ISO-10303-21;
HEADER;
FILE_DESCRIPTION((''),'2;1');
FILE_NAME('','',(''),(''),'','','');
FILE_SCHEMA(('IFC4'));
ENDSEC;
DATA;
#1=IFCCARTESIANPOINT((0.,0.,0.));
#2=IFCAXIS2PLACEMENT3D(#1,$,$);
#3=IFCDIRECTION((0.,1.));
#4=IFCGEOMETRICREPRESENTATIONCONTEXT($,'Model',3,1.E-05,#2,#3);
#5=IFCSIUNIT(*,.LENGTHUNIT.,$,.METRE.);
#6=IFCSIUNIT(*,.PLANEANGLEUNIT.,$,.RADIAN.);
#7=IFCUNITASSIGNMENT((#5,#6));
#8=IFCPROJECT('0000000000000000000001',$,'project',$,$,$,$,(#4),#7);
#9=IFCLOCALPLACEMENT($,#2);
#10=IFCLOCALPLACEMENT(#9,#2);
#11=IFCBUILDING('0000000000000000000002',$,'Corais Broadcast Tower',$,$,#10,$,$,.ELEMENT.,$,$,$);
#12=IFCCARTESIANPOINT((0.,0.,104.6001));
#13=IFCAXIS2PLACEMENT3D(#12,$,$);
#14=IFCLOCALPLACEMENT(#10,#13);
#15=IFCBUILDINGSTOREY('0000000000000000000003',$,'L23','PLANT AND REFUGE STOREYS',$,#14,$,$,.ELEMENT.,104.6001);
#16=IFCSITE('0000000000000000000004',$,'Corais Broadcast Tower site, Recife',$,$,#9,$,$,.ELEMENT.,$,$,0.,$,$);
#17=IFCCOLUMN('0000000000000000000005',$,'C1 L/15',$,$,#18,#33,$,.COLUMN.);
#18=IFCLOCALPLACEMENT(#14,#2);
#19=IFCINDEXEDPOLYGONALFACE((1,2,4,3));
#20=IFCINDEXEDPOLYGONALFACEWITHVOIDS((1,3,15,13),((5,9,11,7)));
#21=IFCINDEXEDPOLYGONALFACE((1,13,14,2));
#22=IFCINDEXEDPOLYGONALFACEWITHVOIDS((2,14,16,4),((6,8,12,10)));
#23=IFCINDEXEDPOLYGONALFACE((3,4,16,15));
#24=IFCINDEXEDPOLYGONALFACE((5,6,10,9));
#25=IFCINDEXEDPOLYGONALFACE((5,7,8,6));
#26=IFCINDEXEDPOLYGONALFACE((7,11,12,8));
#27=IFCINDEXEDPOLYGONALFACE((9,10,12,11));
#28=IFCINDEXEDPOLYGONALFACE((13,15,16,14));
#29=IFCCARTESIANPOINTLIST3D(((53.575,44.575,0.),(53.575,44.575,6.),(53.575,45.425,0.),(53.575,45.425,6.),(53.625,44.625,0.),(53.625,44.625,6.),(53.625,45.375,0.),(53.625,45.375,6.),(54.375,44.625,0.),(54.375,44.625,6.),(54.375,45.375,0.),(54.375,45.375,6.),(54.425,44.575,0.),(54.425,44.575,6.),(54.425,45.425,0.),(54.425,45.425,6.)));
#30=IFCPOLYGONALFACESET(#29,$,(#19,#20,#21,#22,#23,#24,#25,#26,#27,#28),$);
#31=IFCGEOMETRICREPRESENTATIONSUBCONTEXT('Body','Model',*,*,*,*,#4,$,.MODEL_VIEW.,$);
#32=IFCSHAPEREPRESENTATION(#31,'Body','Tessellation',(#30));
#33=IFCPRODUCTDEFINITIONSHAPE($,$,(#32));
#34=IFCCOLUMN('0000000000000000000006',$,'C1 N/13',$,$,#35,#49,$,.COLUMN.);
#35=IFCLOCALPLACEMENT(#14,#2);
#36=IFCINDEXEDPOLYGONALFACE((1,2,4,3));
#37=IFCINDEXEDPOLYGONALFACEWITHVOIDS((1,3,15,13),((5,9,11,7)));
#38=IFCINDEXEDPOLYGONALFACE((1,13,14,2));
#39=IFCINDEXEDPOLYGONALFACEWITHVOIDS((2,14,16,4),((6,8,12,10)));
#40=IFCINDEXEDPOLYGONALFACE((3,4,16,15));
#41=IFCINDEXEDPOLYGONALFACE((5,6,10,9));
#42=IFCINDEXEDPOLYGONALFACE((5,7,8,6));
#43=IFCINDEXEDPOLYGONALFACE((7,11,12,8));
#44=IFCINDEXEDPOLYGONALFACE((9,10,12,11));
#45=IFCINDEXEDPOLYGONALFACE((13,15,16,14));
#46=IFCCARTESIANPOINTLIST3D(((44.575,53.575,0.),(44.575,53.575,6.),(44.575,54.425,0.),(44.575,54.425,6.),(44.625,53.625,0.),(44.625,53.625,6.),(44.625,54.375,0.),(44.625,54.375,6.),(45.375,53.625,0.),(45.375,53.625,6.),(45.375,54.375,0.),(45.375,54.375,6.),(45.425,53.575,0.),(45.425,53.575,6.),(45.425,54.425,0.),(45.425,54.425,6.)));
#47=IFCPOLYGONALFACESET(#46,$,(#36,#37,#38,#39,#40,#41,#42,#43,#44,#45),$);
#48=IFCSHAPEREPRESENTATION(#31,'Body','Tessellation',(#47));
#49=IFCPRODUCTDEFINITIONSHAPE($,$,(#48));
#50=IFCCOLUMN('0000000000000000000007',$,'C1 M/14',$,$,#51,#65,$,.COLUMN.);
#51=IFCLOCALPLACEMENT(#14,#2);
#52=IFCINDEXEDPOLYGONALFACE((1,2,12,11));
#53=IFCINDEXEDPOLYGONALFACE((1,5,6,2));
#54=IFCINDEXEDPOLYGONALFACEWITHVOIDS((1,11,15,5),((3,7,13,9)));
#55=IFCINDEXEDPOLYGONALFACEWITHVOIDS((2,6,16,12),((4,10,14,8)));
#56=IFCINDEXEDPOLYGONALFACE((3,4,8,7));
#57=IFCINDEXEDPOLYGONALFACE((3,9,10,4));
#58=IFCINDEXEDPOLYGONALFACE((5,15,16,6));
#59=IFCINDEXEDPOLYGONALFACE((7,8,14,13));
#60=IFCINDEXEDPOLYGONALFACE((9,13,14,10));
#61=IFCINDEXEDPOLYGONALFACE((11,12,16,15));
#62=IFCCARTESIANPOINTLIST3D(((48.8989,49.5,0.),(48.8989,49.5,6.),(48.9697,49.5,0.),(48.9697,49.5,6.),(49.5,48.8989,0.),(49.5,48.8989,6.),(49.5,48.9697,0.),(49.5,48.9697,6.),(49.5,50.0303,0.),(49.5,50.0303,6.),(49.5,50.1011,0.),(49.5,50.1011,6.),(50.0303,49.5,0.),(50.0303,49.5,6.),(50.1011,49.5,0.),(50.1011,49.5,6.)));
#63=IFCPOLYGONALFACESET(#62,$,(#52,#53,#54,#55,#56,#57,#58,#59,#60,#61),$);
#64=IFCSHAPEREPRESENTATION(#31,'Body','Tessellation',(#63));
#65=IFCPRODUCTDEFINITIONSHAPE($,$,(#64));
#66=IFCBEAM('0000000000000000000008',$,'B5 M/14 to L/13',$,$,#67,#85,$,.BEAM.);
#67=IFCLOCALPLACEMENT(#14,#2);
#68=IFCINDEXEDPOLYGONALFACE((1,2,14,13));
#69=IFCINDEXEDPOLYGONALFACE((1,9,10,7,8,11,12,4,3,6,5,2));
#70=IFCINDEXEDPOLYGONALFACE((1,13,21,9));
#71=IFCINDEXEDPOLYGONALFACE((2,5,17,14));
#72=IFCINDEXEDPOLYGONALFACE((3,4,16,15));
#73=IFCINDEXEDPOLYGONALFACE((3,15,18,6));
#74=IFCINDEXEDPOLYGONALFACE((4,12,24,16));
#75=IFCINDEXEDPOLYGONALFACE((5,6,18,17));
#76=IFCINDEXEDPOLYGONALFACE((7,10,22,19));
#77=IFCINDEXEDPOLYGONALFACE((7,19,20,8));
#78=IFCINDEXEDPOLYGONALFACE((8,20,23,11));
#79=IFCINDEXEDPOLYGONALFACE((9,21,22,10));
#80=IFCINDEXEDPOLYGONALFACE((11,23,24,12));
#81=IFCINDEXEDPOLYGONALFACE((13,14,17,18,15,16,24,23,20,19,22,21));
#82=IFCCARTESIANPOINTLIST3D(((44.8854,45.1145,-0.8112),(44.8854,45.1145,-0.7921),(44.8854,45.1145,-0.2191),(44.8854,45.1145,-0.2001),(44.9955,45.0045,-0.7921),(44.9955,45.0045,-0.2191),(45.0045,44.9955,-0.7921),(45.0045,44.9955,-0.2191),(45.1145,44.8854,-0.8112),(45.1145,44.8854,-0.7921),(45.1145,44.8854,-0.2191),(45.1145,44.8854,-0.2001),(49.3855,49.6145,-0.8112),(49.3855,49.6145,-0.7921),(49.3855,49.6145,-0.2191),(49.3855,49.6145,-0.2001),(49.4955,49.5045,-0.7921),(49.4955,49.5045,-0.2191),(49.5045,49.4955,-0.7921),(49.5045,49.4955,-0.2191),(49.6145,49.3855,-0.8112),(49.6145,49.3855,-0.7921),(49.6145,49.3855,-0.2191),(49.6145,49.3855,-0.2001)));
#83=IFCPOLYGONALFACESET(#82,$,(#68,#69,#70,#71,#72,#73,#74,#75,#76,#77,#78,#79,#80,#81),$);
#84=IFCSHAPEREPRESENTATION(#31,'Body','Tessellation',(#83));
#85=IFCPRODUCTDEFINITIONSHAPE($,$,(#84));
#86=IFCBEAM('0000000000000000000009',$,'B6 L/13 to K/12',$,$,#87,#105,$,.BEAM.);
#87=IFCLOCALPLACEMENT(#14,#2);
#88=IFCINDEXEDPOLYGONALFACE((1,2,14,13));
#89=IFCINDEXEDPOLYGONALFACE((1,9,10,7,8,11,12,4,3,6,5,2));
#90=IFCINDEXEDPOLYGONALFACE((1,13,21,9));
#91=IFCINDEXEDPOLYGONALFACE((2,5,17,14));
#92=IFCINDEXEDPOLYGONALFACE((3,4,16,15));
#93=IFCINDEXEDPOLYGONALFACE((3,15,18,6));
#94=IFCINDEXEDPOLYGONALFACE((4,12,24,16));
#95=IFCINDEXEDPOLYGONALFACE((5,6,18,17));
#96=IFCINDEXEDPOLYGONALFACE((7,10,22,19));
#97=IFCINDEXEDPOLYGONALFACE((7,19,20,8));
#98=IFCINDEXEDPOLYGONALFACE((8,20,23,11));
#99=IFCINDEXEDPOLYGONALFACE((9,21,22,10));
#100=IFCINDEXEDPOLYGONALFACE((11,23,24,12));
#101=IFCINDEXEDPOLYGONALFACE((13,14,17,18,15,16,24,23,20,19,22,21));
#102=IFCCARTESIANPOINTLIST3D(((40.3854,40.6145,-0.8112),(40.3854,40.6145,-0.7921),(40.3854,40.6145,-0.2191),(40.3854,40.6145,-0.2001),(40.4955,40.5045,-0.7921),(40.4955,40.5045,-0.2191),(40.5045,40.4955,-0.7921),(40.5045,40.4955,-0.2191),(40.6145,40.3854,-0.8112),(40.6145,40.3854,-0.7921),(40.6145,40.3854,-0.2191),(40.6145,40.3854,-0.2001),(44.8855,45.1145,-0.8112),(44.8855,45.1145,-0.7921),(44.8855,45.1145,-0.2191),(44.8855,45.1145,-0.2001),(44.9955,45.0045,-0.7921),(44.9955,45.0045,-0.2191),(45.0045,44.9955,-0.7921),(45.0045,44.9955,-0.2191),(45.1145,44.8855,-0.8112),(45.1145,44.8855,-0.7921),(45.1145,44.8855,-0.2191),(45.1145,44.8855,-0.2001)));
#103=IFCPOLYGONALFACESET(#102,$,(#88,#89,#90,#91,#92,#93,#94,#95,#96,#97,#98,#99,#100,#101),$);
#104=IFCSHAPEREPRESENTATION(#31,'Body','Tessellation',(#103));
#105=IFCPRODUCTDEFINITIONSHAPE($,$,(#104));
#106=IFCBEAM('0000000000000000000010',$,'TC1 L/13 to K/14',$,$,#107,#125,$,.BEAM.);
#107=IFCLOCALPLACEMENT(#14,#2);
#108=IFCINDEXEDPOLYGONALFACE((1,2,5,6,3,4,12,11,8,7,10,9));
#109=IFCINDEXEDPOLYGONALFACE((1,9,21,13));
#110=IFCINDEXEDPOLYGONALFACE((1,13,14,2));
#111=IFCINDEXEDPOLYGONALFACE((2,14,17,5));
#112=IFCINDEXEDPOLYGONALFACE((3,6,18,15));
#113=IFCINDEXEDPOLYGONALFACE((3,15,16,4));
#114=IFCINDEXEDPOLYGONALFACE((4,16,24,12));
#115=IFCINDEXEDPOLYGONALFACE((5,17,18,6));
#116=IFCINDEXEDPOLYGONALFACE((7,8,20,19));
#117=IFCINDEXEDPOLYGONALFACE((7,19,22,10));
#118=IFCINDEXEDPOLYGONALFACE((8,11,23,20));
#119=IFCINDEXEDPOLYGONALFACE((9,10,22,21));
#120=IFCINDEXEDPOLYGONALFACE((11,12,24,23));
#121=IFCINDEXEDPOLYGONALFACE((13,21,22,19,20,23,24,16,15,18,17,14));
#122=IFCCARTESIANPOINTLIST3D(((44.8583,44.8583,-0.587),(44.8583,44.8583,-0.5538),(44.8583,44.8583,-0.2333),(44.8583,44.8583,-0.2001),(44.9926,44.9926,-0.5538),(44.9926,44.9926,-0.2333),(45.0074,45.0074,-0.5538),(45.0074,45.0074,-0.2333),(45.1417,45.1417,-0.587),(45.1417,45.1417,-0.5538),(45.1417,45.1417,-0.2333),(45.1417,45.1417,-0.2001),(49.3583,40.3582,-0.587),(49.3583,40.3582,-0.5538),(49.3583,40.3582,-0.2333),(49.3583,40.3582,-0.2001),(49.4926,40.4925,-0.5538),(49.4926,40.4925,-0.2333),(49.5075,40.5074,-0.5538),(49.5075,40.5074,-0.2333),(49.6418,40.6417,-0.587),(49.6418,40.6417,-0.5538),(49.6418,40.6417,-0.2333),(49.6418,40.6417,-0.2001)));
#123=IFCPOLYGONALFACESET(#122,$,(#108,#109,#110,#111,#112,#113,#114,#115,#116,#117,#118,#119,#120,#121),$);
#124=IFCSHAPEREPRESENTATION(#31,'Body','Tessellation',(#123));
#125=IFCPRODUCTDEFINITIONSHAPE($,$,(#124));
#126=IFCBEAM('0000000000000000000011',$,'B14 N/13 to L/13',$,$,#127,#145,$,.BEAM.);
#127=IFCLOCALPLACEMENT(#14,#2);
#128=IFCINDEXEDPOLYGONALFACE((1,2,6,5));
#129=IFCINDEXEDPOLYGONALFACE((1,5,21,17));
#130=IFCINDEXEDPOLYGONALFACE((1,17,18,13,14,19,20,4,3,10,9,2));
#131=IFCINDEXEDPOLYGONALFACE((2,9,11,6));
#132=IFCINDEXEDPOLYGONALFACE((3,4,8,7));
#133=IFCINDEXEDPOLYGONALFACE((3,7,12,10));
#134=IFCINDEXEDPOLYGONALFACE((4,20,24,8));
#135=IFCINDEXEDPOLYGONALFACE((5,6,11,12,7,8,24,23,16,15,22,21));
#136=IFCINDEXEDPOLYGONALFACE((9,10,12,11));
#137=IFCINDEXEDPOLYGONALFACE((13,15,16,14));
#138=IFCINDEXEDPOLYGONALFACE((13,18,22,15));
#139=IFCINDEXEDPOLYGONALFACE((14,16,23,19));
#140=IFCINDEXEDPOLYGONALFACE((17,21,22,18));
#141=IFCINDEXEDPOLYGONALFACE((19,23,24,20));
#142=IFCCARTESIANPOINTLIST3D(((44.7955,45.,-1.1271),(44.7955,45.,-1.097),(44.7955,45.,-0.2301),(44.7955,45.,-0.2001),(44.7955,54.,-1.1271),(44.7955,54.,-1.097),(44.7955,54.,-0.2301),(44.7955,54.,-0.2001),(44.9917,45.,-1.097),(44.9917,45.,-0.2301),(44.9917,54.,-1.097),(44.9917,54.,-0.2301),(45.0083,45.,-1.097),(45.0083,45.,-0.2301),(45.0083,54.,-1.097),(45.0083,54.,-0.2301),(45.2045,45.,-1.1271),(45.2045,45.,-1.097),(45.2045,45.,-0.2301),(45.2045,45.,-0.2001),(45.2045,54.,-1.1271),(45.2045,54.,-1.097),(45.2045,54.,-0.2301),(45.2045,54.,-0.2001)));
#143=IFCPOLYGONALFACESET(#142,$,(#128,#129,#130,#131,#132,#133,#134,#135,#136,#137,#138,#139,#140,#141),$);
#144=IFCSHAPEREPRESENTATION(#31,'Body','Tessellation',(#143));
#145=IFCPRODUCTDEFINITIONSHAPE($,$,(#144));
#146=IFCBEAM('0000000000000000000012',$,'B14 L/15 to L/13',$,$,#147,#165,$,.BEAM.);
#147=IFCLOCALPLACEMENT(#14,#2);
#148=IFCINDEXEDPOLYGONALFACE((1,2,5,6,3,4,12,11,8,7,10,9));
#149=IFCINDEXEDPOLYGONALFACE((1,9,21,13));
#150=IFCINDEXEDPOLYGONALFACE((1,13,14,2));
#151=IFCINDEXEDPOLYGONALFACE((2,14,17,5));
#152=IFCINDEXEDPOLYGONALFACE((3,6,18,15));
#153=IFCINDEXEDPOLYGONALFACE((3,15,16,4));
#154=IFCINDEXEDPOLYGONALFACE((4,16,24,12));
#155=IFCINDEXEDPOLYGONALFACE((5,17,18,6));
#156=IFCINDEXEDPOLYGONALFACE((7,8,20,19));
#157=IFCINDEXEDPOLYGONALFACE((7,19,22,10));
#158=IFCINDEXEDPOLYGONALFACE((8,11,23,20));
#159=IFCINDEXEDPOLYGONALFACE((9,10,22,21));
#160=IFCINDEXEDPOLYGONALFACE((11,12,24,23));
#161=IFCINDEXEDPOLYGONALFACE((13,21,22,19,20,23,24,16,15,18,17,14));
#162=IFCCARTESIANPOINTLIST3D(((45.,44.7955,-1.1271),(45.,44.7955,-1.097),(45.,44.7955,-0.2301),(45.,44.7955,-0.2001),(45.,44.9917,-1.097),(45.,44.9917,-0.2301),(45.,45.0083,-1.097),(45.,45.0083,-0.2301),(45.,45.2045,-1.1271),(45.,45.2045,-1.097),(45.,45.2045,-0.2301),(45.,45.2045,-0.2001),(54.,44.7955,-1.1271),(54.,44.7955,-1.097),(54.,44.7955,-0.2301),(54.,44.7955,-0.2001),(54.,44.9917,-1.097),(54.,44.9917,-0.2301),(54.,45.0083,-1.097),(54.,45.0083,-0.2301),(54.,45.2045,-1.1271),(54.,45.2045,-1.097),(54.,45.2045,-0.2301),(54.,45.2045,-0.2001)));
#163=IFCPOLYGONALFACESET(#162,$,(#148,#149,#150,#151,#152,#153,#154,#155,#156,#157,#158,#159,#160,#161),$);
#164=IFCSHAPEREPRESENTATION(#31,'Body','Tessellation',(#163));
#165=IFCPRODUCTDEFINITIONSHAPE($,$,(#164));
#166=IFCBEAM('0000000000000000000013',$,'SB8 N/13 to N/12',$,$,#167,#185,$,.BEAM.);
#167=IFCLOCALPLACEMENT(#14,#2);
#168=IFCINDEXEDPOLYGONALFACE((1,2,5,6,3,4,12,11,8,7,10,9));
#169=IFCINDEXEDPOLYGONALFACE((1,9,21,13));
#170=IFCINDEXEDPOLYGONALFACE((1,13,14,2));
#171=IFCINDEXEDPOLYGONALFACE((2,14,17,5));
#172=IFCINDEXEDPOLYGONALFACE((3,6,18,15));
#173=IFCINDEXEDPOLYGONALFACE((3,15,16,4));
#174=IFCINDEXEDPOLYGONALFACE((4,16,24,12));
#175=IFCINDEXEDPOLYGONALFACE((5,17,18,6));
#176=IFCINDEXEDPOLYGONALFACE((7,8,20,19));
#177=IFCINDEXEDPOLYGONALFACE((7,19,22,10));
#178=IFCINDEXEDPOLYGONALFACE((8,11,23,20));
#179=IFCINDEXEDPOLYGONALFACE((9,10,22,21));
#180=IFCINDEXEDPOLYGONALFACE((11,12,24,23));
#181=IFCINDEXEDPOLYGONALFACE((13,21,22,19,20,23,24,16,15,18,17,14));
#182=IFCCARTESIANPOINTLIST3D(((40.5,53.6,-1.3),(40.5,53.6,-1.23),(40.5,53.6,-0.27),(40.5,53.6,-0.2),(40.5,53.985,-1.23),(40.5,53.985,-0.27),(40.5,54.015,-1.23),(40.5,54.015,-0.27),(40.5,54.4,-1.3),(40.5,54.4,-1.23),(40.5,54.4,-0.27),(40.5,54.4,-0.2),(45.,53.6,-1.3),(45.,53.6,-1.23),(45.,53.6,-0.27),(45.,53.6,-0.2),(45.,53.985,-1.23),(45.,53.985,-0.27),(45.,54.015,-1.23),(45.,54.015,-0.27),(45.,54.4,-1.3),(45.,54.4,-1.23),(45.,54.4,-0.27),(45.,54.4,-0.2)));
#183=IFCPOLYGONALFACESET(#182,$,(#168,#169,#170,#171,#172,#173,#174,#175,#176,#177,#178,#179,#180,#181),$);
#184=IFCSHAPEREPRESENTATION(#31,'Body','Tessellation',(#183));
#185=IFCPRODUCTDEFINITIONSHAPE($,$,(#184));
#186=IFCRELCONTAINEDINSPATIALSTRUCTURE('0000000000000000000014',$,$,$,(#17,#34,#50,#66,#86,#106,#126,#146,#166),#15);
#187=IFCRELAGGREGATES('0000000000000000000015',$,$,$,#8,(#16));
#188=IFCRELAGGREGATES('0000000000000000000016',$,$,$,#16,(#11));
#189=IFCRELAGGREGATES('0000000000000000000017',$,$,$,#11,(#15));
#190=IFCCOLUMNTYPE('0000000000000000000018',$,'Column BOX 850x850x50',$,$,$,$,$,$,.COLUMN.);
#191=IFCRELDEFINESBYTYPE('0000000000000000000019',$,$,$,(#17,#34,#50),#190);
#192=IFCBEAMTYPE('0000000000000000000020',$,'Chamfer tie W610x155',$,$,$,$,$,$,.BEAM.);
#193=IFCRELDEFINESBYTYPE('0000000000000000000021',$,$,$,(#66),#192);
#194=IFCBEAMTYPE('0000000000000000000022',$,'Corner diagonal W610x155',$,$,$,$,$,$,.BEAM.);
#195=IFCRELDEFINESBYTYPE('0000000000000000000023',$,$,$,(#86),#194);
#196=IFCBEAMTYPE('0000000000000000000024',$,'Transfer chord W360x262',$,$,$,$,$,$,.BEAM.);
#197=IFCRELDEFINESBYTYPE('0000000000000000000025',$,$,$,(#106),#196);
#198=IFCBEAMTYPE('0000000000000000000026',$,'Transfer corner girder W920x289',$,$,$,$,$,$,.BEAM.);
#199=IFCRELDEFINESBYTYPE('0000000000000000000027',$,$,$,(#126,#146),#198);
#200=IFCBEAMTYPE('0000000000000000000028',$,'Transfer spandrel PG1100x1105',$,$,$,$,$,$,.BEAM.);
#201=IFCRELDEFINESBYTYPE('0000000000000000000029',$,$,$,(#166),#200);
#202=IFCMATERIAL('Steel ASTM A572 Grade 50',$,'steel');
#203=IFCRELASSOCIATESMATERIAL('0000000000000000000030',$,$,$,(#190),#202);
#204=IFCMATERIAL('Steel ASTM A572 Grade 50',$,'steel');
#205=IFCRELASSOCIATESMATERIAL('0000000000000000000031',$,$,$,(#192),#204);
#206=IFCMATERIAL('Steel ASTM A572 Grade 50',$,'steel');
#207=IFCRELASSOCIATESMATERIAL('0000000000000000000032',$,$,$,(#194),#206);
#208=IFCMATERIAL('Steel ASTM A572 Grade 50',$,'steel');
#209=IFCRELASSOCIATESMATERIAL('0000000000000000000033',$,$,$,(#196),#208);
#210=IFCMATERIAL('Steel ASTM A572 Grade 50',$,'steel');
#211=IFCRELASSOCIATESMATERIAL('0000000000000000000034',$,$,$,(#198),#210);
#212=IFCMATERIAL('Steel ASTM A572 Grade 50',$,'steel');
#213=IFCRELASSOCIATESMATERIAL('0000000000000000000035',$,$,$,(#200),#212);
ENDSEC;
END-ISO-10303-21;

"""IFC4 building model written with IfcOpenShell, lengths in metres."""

from ifc_helpers import new_model, si_unit, direction, frame, origin, origin_2d, place, context, subcontext, project, spatial, hollow_rectangle, i_section, extrude, material, material_profile, profile_set, type_object, element, save


model = new_model("IFC4")

# Units and contexts
model_context = context("Model", 3, precision=1e-05, world=origin(), true_north=direction((0.0, 1.0)))
body_context = subcontext(model_context, "Body", "Model", "MODEL_VIEW")
ifc_project = project(units=[si_unit("LENGTHUNIT", "METRE"), si_unit("PLANEANGLEUNIT", "RADIAN")], contexts=[model_context])

# Site, building, storey
site_placement = place(None, origin())
site = spatial("IfcSite", under=ifc_project, at=site_placement, Name="Corais Broadcast Tower site, Recife", CompositionType="ELEMENT", RefElevation=0.0)
building_placement = place(site_placement, origin())
building = spatial("IfcBuilding", under=site, at=building_placement, Name="Corais Broadcast Tower", CompositionType="ELEMENT")
storey_placement = place(building_placement, frame((0.0, 0.0, 104.6001)))
storey = spatial("IfcBuildingStorey", under=building, at=storey_placement, Name="L23", Description="PLANT AND REFUGE STOREYS", CompositionType="ELEMENT", Elevation=104.6001)

# Columns
ifc_material_1 = material(Name="Steel ASTM A572 Grade 50", Category="steel")
ifc_material_profile_1 = material_profile(ifc_material_1, hollow_rectangle(XDim=0.8501, YDim=0.8501, WallThickness=0.05, at=origin_2d()), Name="BOX 850x850x50")
ifc_profile_set_1 = profile_set([ifc_material_profile_1], Name="Steel ASTM A572 Grade 50")
column_type = type_object("IfcColumnType", Name="Column BOX 850x850x50", PredefinedType="COLUMN", material=ifc_profile_set_1)
for number, where, z_axis, x_axis, name in (
    (1, (54.0, 45.0, 0.0), (0.0, 0.0, 1.0), (1.0, 0.0, 0.0), "C1 L/15"),
    (2, (45.0, 54.0, 0.0), (0.0, 0.0, 1.0), (1.0, 0.0, 0.0), "C1 N/13"),
    (3, (49.5, 49.5, 0.0), (0.0, 0.0, 1.0), (0.707107, 0.707107, 0.0), "C1 M/14"),
):
    element("IfcColumn", number, at=place(storey_placement, frame(where, z_axis=z_axis, x_axis=x_axis)), inside=storey, type_object=column_type, Name=name, PredefinedType="COLUMN", context=body_context, shape_type="SweptSolid", body=[
        extrude(hollow_rectangle(XDim=0.8501, YDim=0.8501, WallThickness=0.05, at=origin_2d()), origin(), (0.0, 0.0, 1.0), 6.0),
    ])

# Beams
ifc_material_2 = material(Name="Steel ASTM A572 Grade 50", Category="steel")
ifc_material_profile_2 = material_profile(ifc_material_2, i_section(OverallWidth=0.324, OverallDepth=0.6111, WebThickness=0.0127, FlangeThickness=0.019, at=origin_2d()), Name="W610x155")
ifc_profile_set_2 = profile_set([ifc_material_profile_2], Name="Steel ASTM A572 Grade 50")
beam_type_1 = type_object("IfcBeamType", Name="Chamfer tie W610x155", PredefinedType="BEAM", material=ifc_profile_set_2)
beam_1_placement = place(storey_placement, frame((49.5, 49.5, -0.5056), z_axis=(-0.707107, -0.707107, 0.0), x_axis=(0.707107, -0.707107, 0.0)))
element("IfcBeam", 4, at=beam_1_placement, inside=storey, type_object=beam_type_1, Name="B5 M/14 to L/13", PredefinedType="BEAM", context=body_context, shape_type="SweptSolid", body=[
    extrude(i_section(OverallWidth=0.324, OverallDepth=0.6111, WebThickness=0.0127, FlangeThickness=0.019, at=origin_2d()), origin(), (0.0, 0.0, 1.0), 6.364),
])
ifc_material_3 = material(Name="Steel ASTM A572 Grade 50", Category="steel")
ifc_material_profile_3 = material_profile(ifc_material_3, i_section(OverallWidth=0.324, OverallDepth=0.6111, WebThickness=0.0127, FlangeThickness=0.019, at=origin_2d()), Name="W610x155")
ifc_profile_set_3 = profile_set([ifc_material_profile_3], Name="Steel ASTM A572 Grade 50")
beam_type_2 = type_object("IfcBeamType", Name="Corner diagonal W610x155", PredefinedType="BEAM", material=ifc_profile_set_3)
beam_2_placement = place(storey_placement, frame((45.0, 45.0, -0.5056), z_axis=(-0.707107, -0.707107, 0.0), x_axis=(0.707107, -0.707107, 0.0)))
element("IfcBeam", 5, at=beam_2_placement, inside=storey, type_object=beam_type_2, Name="B6 L/13 to K/12", PredefinedType="BEAM", context=body_context, shape_type="SweptSolid", body=[
    extrude(i_section(OverallWidth=0.324, OverallDepth=0.6111, WebThickness=0.0127, FlangeThickness=0.019, at=origin_2d()), origin(), (0.0, 0.0, 1.0), 6.364),
])
ifc_material_4 = material(Name="Steel ASTM A572 Grade 50", Category="steel")
ifc_material_profile_4 = material_profile(ifc_material_4, i_section(OverallWidth=0.4009, OverallDepth=0.387, WebThickness=0.021, FlangeThickness=0.0332, at=origin_2d()), Name="W360x262")
ifc_profile_set_4 = profile_set([ifc_material_profile_4], Name="Steel ASTM A572 Grade 50")
beam_type_3 = type_object("IfcBeamType", Name="Transfer chord W360x262", PredefinedType="BEAM", material=ifc_profile_set_4)
beam_3_placement = place(storey_placement, frame((45.0, 45.0, -0.3936), z_axis=(0.707107, -0.707107, 0.0), x_axis=(0.707107, 0.707107, 0.0)))
element("IfcBeam", 6, at=beam_3_placement, inside=storey, type_object=beam_type_3, Name="TC1 L/13 to K/14", PredefinedType="BEAM", context=body_context, shape_type="SweptSolid", body=[
    extrude(i_section(OverallWidth=0.4009, OverallDepth=0.387, WebThickness=0.021, FlangeThickness=0.0332, at=origin_2d()), origin(), (0.0, 0.0, 1.0), 6.364),
])
ifc_material_5 = material(Name="Steel ASTM A572 Grade 50", Category="steel")
ifc_material_profile_5 = material_profile(ifc_material_5, i_section(OverallWidth=0.4089, OverallDepth=0.927, WebThickness=0.0166, FlangeThickness=0.03, at=origin_2d()), Name="W920x289")
ifc_profile_set_5 = profile_set([ifc_material_profile_5], Name="Steel ASTM A572 Grade 50")
beam_type_4 = type_object("IfcBeamType", Name="Transfer corner girder W920x289", PredefinedType="BEAM", material=ifc_profile_set_5)
for number, where, z_axis, x_axis, name in (
    (7, (45.0, 54.0, -0.6636), (0.0, -1.0, 0.0), (1.0, 0.0, 0.0), "B14 N/13 to L/13"),
    (8, (54.0, 45.0, -0.6636), (-1.0, 0.0, 0.0), (0.0, -1.0, 0.0), "B14 L/15 to L/13"),
):
    element("IfcBeam", number, at=place(storey_placement, frame(where, z_axis=z_axis, x_axis=x_axis)), inside=storey, type_object=beam_type_4, Name=name, PredefinedType="BEAM", context=body_context, shape_type="SweptSolid", body=[
        extrude(i_section(OverallWidth=0.4089, OverallDepth=0.927, WebThickness=0.0166, FlangeThickness=0.03, at=origin_2d()), origin(), (0.0, 0.0, 1.0), 9.0),
    ])
ifc_material_6 = material(Name="Steel ASTM A572 Grade 50", Category="steel")
ifc_material_profile_6 = material_profile(ifc_material_6, i_section(OverallWidth=0.8, OverallDepth=1.1001, WebThickness=0.03, FlangeThickness=0.0701, at=origin_2d()), Name="PG1100x1105")
ifc_profile_set_6 = profile_set([ifc_material_profile_6], Name="Steel ASTM A572 Grade 50")
beam_type_5 = type_object("IfcBeamType", Name="Transfer spandrel PG1100x1105", PredefinedType="BEAM", material=ifc_profile_set_6)
beam_4_placement = place(storey_placement, frame((45.0, 54.0, -0.75), z_axis=(-1.0, 0.0, 0.0), x_axis=(0.0, -1.0, 0.0)))
element("IfcBeam", 9, at=beam_4_placement, inside=storey, type_object=beam_type_5, Name="SB8 N/13 to N/12", PredefinedType="BEAM", context=body_context, shape_type="SweptSolid", body=[
    extrude(i_section(OverallWidth=0.8, OverallDepth=1.1001, WebThickness=0.03, FlangeThickness=0.0701, at=origin_2d()), origin(), (0.0, 0.0, 1.0), 4.5),
])

save(model, "model.ifc")
